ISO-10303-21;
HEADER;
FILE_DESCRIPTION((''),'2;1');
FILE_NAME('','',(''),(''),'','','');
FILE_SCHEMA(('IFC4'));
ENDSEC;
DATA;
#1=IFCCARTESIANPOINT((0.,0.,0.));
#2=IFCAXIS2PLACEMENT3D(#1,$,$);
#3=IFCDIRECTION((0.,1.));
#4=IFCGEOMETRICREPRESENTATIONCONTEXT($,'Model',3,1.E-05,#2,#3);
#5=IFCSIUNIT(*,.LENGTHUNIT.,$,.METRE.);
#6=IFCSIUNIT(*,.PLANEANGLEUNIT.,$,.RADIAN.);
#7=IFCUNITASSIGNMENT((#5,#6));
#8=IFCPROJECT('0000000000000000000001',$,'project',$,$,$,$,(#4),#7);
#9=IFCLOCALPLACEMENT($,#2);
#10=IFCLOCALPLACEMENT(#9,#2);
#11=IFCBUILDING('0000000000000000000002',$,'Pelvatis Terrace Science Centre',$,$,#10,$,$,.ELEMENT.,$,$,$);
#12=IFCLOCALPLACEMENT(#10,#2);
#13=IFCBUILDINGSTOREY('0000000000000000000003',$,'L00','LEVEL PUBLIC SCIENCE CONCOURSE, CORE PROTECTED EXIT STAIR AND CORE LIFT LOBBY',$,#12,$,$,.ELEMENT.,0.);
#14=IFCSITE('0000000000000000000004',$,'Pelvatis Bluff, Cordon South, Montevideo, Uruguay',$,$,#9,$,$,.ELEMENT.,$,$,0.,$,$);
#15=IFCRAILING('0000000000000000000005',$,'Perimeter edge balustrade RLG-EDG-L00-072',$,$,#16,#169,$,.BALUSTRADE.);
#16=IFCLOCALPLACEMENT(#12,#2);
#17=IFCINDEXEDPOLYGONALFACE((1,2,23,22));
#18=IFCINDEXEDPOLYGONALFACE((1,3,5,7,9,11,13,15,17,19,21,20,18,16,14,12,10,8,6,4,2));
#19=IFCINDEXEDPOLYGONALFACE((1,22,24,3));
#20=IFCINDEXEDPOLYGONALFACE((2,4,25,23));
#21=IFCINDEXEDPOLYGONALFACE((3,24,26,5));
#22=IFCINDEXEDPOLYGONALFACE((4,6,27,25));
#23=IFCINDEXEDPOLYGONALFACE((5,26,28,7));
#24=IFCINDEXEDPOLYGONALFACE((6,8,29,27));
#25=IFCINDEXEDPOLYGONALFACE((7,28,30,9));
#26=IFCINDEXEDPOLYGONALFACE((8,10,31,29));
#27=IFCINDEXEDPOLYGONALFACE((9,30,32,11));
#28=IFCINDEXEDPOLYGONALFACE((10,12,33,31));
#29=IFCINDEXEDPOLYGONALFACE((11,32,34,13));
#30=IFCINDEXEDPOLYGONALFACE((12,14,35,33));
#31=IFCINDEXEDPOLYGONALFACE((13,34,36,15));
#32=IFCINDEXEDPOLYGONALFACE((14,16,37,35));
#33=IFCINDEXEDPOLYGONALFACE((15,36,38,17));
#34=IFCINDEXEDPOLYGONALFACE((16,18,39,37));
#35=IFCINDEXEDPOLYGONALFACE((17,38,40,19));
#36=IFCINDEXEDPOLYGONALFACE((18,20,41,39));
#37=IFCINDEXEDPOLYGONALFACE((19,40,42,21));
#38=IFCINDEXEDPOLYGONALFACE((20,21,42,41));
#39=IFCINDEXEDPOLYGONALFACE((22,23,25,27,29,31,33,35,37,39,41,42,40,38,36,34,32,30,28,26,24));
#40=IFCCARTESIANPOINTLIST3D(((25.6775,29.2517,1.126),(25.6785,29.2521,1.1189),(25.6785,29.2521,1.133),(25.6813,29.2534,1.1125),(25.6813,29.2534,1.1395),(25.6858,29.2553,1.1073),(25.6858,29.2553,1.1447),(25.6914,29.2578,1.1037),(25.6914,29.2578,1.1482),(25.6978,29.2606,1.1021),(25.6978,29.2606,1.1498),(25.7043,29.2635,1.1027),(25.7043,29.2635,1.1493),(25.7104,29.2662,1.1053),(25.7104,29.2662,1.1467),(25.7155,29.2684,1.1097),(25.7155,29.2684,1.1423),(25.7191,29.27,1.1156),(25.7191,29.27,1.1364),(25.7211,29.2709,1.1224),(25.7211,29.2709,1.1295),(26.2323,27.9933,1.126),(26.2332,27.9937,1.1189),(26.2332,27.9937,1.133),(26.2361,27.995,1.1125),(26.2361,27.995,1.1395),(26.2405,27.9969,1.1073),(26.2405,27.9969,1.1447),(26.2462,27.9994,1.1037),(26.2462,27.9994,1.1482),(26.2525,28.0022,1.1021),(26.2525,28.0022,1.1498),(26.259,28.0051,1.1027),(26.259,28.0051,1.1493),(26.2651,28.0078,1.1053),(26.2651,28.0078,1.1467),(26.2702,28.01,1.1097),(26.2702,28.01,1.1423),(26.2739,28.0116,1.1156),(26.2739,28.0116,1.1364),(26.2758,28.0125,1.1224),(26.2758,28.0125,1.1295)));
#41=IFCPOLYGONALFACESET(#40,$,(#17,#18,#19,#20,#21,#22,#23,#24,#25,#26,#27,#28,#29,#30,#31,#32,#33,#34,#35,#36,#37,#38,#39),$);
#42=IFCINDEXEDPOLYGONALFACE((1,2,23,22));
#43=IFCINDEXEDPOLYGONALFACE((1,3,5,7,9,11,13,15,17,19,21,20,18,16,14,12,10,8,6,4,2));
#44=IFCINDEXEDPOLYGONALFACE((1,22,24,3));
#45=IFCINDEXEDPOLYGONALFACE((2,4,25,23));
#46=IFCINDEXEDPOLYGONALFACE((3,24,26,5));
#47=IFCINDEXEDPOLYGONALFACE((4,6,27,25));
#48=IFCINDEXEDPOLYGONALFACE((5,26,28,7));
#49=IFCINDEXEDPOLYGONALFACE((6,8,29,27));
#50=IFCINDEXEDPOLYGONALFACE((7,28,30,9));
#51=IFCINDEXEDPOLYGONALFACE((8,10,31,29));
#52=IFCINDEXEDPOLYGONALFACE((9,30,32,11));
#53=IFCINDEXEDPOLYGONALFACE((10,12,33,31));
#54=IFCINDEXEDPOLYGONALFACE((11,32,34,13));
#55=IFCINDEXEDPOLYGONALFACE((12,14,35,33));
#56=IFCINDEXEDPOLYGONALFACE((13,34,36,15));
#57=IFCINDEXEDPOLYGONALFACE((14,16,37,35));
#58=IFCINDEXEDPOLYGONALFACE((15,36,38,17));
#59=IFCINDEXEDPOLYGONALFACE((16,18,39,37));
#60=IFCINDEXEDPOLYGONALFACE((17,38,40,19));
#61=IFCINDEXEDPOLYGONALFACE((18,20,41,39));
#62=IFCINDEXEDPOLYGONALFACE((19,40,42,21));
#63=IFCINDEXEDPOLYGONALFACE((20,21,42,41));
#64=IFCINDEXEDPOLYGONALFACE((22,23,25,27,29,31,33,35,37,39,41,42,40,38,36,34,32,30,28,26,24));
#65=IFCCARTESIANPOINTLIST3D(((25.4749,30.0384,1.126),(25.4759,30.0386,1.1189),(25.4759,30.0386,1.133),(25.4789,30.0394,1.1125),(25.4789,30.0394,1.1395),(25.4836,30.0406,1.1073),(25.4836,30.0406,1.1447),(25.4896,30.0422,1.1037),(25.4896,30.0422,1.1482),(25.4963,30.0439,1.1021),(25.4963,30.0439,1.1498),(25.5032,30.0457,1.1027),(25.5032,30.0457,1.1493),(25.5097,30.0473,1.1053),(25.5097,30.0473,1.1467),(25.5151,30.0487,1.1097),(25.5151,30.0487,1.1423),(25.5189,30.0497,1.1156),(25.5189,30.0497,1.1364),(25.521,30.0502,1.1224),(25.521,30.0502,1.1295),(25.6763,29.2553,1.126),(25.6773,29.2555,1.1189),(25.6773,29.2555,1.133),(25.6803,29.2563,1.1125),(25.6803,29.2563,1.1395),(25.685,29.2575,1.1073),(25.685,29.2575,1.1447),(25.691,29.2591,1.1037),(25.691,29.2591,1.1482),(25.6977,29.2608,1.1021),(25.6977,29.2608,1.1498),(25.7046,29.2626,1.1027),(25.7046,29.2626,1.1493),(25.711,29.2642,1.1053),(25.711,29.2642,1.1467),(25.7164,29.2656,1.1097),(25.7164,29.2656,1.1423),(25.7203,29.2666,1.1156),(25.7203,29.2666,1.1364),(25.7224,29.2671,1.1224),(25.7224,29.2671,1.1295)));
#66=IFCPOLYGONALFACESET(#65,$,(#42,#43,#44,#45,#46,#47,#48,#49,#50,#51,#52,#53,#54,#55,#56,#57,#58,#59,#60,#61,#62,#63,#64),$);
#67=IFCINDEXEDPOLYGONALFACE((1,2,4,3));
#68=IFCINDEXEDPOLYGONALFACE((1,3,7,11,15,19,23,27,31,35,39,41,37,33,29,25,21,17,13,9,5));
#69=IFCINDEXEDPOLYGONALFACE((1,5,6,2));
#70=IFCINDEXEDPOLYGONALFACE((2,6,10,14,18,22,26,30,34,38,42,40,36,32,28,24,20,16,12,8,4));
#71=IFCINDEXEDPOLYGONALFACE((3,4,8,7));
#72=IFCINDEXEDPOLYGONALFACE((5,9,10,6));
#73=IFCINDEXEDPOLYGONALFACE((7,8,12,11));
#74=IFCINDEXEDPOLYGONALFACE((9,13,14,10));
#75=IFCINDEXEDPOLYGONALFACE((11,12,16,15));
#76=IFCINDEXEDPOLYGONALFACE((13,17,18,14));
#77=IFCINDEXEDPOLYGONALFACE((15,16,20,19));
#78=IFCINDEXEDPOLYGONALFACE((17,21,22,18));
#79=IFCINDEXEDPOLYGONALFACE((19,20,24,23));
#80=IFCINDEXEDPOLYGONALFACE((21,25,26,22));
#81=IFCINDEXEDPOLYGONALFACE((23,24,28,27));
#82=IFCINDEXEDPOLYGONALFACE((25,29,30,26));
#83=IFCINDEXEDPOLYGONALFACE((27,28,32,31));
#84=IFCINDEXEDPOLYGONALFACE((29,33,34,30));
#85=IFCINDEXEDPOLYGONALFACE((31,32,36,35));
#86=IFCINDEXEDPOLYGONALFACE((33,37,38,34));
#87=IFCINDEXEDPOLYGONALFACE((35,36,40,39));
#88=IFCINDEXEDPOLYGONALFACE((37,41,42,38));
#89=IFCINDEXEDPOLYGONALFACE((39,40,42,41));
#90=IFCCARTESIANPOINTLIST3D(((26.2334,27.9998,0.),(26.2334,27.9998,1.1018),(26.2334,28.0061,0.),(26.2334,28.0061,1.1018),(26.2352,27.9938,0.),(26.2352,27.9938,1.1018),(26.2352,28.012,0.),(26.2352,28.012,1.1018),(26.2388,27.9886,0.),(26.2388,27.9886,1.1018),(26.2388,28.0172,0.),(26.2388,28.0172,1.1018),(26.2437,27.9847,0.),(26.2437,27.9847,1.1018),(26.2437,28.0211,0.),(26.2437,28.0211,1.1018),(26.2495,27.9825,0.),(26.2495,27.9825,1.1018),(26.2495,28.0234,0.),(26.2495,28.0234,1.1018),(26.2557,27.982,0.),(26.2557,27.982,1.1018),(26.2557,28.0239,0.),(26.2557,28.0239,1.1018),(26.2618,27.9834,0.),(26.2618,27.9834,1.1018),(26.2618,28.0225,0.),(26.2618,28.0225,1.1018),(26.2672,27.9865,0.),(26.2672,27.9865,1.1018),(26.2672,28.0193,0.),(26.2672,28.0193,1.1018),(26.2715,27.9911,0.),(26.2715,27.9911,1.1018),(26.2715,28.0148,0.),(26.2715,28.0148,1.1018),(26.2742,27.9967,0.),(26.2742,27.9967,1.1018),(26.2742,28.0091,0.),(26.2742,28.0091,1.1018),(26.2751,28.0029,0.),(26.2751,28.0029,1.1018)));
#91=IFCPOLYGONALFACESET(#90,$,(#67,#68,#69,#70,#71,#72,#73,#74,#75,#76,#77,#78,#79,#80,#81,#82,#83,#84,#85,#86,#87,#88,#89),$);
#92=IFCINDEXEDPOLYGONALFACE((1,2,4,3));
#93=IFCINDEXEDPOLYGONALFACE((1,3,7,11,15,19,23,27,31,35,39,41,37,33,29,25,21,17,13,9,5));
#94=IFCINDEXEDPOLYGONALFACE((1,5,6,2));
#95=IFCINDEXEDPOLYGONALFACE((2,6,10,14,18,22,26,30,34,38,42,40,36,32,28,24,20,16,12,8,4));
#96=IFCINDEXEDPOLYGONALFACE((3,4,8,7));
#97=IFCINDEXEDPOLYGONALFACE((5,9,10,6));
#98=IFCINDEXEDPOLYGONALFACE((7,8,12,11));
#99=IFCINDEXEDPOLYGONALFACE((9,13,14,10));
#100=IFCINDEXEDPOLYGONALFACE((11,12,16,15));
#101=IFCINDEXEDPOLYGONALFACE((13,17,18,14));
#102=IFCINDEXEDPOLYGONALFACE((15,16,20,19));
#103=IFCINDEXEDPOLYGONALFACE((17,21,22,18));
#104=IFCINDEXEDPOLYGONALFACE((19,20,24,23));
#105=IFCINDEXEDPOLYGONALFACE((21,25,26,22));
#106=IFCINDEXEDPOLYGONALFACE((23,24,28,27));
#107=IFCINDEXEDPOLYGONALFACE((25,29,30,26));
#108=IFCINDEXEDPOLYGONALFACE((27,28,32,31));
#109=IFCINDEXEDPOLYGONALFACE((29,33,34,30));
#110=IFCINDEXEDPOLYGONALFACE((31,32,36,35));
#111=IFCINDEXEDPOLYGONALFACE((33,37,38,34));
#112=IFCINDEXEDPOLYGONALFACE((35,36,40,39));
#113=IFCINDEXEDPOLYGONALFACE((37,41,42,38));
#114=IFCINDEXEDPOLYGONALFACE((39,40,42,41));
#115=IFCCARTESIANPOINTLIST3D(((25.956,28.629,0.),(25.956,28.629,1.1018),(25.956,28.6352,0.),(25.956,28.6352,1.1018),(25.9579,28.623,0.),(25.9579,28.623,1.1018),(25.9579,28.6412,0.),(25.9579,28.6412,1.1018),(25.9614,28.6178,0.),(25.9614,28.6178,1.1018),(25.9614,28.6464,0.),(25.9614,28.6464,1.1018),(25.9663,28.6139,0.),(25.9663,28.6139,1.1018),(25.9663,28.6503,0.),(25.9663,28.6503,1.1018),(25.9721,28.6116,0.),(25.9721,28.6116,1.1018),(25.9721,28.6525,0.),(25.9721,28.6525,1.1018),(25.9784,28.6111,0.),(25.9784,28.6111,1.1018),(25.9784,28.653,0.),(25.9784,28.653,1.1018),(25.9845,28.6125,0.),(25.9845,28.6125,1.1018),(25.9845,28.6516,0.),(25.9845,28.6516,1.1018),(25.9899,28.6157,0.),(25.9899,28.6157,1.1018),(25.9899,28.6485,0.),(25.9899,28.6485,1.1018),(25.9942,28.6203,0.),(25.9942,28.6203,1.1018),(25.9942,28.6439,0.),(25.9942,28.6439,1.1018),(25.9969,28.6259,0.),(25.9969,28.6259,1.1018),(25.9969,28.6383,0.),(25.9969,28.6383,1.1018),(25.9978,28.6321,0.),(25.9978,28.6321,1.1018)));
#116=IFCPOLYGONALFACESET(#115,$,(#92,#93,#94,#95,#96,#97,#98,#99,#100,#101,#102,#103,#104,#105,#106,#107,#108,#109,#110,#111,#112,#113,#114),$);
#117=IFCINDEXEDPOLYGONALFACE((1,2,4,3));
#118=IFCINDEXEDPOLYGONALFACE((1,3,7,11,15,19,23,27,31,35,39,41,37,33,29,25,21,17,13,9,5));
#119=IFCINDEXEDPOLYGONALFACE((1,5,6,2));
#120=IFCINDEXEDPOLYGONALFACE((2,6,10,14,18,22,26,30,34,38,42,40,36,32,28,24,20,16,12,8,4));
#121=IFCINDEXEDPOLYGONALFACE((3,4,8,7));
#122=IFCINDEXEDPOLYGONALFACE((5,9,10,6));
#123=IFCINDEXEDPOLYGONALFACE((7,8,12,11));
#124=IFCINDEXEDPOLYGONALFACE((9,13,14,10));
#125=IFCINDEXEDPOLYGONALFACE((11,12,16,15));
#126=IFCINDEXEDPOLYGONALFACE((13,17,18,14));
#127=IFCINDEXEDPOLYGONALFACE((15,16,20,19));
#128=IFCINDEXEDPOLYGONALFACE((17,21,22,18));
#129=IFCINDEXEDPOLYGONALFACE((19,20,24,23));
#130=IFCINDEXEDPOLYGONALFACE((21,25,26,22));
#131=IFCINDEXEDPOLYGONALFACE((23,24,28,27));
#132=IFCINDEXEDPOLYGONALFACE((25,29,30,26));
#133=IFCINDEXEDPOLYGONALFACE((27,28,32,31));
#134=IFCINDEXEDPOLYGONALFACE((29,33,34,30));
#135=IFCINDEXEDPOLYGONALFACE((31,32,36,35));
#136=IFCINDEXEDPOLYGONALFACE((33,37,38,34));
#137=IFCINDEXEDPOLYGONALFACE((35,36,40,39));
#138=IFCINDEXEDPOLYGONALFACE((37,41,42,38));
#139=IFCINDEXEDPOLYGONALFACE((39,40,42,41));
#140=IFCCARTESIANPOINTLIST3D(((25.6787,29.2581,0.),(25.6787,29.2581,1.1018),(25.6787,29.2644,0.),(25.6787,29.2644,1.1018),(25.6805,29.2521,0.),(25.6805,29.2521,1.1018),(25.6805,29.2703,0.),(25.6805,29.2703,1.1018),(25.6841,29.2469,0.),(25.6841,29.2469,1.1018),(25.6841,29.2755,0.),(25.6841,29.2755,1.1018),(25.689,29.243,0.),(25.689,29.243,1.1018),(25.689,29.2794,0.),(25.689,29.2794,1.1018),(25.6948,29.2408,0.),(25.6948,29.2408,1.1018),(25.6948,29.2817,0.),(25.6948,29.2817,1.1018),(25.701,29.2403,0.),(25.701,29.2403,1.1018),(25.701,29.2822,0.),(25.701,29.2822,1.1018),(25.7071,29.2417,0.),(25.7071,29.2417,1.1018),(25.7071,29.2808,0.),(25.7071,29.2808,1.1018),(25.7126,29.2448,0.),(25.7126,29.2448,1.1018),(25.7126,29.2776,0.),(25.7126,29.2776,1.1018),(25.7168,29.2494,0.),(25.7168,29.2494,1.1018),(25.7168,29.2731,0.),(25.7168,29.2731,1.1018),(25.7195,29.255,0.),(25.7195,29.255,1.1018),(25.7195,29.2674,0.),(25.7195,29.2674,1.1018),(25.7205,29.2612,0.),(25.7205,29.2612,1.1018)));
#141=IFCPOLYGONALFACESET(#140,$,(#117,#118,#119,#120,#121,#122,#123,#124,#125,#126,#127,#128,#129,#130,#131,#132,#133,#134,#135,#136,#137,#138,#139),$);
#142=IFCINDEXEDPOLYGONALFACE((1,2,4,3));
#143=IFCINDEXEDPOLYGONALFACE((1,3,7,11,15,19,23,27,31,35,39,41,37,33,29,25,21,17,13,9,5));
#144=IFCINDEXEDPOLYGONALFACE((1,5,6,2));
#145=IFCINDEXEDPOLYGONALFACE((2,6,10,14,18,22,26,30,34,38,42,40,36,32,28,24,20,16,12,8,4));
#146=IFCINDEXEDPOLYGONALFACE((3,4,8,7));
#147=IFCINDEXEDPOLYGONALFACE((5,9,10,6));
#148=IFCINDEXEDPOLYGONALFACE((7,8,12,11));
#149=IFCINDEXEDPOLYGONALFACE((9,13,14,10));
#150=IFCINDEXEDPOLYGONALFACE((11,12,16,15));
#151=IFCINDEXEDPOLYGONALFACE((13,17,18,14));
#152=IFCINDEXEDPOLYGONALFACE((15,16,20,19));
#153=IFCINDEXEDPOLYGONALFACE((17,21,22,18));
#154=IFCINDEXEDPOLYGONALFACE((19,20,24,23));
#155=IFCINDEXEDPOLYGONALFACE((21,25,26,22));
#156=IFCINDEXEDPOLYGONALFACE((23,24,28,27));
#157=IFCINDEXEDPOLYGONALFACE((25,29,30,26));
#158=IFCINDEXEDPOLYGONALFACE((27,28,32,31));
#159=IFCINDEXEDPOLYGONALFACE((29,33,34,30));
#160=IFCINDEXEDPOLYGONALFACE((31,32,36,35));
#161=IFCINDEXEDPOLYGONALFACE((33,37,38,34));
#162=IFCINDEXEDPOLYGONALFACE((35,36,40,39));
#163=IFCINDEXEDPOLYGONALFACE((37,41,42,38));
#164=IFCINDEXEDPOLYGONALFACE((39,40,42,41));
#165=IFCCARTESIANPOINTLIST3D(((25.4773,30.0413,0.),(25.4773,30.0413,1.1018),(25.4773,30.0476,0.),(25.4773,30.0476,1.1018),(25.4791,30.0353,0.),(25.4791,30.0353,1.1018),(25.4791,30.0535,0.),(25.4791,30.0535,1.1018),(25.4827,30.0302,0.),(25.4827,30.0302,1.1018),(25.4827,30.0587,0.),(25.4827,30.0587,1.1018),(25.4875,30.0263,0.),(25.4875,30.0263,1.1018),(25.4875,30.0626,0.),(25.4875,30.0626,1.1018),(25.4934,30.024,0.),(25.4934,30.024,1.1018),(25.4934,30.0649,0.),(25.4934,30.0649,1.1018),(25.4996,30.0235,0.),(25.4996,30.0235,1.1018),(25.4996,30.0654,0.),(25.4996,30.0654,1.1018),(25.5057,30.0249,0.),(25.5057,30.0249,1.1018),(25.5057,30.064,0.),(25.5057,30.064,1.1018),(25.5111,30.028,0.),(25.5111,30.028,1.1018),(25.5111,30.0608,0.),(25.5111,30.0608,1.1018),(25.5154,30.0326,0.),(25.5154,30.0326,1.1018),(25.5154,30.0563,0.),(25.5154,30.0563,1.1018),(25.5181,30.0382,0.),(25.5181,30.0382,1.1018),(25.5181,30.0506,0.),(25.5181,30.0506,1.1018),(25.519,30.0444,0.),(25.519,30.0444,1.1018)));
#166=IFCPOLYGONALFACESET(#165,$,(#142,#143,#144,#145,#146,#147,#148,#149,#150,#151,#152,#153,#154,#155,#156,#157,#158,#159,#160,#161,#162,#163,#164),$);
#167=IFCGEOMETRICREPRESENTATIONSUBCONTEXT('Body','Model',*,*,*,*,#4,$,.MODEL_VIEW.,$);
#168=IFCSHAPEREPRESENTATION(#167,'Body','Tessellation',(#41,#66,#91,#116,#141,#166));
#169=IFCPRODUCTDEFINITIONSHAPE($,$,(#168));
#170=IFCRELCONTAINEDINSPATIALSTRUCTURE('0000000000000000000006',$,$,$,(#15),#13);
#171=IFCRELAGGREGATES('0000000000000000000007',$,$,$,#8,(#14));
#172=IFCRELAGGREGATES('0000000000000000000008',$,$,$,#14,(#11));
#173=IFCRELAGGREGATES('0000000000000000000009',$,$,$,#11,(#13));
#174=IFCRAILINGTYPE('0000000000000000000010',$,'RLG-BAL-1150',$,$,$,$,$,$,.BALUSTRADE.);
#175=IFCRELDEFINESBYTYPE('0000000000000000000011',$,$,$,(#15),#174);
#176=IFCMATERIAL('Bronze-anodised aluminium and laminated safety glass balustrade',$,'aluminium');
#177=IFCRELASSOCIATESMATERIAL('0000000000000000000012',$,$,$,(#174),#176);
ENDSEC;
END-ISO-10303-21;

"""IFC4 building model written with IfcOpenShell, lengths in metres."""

from ifc_helpers import new_model, si_unit, direction, frame, origin, origin_2d, place, context, subcontext, project, spatial, circle, extrude, material, type_object, element, save


model = new_model("IFC4")

# Units and contexts
model_context = context("Model", 3, precision=1e-05, world=origin(), true_north=direction((0.0, 1.0)))
body_context = subcontext(model_context, "Body", "Model", "MODEL_VIEW")
ifc_project = project(units=[si_unit("LENGTHUNIT", "METRE"), si_unit("PLANEANGLEUNIT", "RADIAN")], contexts=[model_context])

# Site, building, storey
site_placement = place(None, origin())
site = spatial("IfcSite", under=ifc_project, at=site_placement, Name="Pelvatis Bluff, Cordon South, Montevideo, Uruguay", CompositionType="ELEMENT", RefElevation=0.0)
building_placement = place(site_placement, origin())
building = spatial("IfcBuilding", under=site, at=building_placement, Name="Pelvatis Terrace Science Centre", CompositionType="ELEMENT")
storey_placement = place(building_placement, origin())
storey = spatial("IfcBuildingStorey", under=building, at=storey_placement, Name="L00", Description="LEVEL PUBLIC SCIENCE CONCOURSE, CORE PROTECTED EXIT STAIR AND CORE LIFT LOBBY", CompositionType="ELEMENT", Elevation=0.0)

# Railing
ifc_material_1 = material(Name="Bronze-anodised aluminium and laminated safety glass balustrade", Category="aluminium")
railing_type = type_object("IfcRailingType", Name="RLG-BAL-1150", PredefinedType="BALUSTRADE", material=ifc_material_1)
railing_1_placement = place(storey_placement, frame((26.2542, 28.0029, 0.0)))
element("IfcRailing", 1, at=railing_1_placement, inside=storey, type_object=railing_type, Name="Perimeter edge balustrade RLG-EDG-L00-072", PredefinedType="BALUSTRADE", context=body_context, shape_type="SweptSolid", body=[
    extrude(circle(Radius=0.0239, at=origin_2d()), frame((0.0, 0.0, 1.126), z_axis=(-0.403369, 0.915037, 0.0), x_axis=(-0.915037, -0.403369, 0.0)), (0.0, 0.0, 1.0), 1.3752),
    extrude(circle(Radius=0.0239, at=origin_2d()), frame((-0.5547, 1.2583, 1.126), z_axis=(-0.249065, 0.968487, 0.0), x_axis=(-0.968487, -0.249065, 0.0)), (0.0, 0.0, 1.0), 0.8086),
    extrude(circle(Radius=0.021, at=origin_2d()), origin(), (0.0, 0.0, 1.0), 1.1018),
    extrude(circle(Radius=0.021, at=origin_2d()), frame((-0.2773, 0.6292, 0.0)), (0.0, 0.0, 1.0), 1.1018),
    extrude(circle(Radius=0.021, at=origin_2d()), frame((-0.5547, 1.2583, 0.0)), (0.0, 0.0, 1.0), 1.1018),
    extrude(circle(Radius=0.021, at=origin_2d()), frame((-0.7561, 2.0415, 0.0)), (0.0, 0.0, 1.0), 1.1018),
])

save(model, "model.ifc")
